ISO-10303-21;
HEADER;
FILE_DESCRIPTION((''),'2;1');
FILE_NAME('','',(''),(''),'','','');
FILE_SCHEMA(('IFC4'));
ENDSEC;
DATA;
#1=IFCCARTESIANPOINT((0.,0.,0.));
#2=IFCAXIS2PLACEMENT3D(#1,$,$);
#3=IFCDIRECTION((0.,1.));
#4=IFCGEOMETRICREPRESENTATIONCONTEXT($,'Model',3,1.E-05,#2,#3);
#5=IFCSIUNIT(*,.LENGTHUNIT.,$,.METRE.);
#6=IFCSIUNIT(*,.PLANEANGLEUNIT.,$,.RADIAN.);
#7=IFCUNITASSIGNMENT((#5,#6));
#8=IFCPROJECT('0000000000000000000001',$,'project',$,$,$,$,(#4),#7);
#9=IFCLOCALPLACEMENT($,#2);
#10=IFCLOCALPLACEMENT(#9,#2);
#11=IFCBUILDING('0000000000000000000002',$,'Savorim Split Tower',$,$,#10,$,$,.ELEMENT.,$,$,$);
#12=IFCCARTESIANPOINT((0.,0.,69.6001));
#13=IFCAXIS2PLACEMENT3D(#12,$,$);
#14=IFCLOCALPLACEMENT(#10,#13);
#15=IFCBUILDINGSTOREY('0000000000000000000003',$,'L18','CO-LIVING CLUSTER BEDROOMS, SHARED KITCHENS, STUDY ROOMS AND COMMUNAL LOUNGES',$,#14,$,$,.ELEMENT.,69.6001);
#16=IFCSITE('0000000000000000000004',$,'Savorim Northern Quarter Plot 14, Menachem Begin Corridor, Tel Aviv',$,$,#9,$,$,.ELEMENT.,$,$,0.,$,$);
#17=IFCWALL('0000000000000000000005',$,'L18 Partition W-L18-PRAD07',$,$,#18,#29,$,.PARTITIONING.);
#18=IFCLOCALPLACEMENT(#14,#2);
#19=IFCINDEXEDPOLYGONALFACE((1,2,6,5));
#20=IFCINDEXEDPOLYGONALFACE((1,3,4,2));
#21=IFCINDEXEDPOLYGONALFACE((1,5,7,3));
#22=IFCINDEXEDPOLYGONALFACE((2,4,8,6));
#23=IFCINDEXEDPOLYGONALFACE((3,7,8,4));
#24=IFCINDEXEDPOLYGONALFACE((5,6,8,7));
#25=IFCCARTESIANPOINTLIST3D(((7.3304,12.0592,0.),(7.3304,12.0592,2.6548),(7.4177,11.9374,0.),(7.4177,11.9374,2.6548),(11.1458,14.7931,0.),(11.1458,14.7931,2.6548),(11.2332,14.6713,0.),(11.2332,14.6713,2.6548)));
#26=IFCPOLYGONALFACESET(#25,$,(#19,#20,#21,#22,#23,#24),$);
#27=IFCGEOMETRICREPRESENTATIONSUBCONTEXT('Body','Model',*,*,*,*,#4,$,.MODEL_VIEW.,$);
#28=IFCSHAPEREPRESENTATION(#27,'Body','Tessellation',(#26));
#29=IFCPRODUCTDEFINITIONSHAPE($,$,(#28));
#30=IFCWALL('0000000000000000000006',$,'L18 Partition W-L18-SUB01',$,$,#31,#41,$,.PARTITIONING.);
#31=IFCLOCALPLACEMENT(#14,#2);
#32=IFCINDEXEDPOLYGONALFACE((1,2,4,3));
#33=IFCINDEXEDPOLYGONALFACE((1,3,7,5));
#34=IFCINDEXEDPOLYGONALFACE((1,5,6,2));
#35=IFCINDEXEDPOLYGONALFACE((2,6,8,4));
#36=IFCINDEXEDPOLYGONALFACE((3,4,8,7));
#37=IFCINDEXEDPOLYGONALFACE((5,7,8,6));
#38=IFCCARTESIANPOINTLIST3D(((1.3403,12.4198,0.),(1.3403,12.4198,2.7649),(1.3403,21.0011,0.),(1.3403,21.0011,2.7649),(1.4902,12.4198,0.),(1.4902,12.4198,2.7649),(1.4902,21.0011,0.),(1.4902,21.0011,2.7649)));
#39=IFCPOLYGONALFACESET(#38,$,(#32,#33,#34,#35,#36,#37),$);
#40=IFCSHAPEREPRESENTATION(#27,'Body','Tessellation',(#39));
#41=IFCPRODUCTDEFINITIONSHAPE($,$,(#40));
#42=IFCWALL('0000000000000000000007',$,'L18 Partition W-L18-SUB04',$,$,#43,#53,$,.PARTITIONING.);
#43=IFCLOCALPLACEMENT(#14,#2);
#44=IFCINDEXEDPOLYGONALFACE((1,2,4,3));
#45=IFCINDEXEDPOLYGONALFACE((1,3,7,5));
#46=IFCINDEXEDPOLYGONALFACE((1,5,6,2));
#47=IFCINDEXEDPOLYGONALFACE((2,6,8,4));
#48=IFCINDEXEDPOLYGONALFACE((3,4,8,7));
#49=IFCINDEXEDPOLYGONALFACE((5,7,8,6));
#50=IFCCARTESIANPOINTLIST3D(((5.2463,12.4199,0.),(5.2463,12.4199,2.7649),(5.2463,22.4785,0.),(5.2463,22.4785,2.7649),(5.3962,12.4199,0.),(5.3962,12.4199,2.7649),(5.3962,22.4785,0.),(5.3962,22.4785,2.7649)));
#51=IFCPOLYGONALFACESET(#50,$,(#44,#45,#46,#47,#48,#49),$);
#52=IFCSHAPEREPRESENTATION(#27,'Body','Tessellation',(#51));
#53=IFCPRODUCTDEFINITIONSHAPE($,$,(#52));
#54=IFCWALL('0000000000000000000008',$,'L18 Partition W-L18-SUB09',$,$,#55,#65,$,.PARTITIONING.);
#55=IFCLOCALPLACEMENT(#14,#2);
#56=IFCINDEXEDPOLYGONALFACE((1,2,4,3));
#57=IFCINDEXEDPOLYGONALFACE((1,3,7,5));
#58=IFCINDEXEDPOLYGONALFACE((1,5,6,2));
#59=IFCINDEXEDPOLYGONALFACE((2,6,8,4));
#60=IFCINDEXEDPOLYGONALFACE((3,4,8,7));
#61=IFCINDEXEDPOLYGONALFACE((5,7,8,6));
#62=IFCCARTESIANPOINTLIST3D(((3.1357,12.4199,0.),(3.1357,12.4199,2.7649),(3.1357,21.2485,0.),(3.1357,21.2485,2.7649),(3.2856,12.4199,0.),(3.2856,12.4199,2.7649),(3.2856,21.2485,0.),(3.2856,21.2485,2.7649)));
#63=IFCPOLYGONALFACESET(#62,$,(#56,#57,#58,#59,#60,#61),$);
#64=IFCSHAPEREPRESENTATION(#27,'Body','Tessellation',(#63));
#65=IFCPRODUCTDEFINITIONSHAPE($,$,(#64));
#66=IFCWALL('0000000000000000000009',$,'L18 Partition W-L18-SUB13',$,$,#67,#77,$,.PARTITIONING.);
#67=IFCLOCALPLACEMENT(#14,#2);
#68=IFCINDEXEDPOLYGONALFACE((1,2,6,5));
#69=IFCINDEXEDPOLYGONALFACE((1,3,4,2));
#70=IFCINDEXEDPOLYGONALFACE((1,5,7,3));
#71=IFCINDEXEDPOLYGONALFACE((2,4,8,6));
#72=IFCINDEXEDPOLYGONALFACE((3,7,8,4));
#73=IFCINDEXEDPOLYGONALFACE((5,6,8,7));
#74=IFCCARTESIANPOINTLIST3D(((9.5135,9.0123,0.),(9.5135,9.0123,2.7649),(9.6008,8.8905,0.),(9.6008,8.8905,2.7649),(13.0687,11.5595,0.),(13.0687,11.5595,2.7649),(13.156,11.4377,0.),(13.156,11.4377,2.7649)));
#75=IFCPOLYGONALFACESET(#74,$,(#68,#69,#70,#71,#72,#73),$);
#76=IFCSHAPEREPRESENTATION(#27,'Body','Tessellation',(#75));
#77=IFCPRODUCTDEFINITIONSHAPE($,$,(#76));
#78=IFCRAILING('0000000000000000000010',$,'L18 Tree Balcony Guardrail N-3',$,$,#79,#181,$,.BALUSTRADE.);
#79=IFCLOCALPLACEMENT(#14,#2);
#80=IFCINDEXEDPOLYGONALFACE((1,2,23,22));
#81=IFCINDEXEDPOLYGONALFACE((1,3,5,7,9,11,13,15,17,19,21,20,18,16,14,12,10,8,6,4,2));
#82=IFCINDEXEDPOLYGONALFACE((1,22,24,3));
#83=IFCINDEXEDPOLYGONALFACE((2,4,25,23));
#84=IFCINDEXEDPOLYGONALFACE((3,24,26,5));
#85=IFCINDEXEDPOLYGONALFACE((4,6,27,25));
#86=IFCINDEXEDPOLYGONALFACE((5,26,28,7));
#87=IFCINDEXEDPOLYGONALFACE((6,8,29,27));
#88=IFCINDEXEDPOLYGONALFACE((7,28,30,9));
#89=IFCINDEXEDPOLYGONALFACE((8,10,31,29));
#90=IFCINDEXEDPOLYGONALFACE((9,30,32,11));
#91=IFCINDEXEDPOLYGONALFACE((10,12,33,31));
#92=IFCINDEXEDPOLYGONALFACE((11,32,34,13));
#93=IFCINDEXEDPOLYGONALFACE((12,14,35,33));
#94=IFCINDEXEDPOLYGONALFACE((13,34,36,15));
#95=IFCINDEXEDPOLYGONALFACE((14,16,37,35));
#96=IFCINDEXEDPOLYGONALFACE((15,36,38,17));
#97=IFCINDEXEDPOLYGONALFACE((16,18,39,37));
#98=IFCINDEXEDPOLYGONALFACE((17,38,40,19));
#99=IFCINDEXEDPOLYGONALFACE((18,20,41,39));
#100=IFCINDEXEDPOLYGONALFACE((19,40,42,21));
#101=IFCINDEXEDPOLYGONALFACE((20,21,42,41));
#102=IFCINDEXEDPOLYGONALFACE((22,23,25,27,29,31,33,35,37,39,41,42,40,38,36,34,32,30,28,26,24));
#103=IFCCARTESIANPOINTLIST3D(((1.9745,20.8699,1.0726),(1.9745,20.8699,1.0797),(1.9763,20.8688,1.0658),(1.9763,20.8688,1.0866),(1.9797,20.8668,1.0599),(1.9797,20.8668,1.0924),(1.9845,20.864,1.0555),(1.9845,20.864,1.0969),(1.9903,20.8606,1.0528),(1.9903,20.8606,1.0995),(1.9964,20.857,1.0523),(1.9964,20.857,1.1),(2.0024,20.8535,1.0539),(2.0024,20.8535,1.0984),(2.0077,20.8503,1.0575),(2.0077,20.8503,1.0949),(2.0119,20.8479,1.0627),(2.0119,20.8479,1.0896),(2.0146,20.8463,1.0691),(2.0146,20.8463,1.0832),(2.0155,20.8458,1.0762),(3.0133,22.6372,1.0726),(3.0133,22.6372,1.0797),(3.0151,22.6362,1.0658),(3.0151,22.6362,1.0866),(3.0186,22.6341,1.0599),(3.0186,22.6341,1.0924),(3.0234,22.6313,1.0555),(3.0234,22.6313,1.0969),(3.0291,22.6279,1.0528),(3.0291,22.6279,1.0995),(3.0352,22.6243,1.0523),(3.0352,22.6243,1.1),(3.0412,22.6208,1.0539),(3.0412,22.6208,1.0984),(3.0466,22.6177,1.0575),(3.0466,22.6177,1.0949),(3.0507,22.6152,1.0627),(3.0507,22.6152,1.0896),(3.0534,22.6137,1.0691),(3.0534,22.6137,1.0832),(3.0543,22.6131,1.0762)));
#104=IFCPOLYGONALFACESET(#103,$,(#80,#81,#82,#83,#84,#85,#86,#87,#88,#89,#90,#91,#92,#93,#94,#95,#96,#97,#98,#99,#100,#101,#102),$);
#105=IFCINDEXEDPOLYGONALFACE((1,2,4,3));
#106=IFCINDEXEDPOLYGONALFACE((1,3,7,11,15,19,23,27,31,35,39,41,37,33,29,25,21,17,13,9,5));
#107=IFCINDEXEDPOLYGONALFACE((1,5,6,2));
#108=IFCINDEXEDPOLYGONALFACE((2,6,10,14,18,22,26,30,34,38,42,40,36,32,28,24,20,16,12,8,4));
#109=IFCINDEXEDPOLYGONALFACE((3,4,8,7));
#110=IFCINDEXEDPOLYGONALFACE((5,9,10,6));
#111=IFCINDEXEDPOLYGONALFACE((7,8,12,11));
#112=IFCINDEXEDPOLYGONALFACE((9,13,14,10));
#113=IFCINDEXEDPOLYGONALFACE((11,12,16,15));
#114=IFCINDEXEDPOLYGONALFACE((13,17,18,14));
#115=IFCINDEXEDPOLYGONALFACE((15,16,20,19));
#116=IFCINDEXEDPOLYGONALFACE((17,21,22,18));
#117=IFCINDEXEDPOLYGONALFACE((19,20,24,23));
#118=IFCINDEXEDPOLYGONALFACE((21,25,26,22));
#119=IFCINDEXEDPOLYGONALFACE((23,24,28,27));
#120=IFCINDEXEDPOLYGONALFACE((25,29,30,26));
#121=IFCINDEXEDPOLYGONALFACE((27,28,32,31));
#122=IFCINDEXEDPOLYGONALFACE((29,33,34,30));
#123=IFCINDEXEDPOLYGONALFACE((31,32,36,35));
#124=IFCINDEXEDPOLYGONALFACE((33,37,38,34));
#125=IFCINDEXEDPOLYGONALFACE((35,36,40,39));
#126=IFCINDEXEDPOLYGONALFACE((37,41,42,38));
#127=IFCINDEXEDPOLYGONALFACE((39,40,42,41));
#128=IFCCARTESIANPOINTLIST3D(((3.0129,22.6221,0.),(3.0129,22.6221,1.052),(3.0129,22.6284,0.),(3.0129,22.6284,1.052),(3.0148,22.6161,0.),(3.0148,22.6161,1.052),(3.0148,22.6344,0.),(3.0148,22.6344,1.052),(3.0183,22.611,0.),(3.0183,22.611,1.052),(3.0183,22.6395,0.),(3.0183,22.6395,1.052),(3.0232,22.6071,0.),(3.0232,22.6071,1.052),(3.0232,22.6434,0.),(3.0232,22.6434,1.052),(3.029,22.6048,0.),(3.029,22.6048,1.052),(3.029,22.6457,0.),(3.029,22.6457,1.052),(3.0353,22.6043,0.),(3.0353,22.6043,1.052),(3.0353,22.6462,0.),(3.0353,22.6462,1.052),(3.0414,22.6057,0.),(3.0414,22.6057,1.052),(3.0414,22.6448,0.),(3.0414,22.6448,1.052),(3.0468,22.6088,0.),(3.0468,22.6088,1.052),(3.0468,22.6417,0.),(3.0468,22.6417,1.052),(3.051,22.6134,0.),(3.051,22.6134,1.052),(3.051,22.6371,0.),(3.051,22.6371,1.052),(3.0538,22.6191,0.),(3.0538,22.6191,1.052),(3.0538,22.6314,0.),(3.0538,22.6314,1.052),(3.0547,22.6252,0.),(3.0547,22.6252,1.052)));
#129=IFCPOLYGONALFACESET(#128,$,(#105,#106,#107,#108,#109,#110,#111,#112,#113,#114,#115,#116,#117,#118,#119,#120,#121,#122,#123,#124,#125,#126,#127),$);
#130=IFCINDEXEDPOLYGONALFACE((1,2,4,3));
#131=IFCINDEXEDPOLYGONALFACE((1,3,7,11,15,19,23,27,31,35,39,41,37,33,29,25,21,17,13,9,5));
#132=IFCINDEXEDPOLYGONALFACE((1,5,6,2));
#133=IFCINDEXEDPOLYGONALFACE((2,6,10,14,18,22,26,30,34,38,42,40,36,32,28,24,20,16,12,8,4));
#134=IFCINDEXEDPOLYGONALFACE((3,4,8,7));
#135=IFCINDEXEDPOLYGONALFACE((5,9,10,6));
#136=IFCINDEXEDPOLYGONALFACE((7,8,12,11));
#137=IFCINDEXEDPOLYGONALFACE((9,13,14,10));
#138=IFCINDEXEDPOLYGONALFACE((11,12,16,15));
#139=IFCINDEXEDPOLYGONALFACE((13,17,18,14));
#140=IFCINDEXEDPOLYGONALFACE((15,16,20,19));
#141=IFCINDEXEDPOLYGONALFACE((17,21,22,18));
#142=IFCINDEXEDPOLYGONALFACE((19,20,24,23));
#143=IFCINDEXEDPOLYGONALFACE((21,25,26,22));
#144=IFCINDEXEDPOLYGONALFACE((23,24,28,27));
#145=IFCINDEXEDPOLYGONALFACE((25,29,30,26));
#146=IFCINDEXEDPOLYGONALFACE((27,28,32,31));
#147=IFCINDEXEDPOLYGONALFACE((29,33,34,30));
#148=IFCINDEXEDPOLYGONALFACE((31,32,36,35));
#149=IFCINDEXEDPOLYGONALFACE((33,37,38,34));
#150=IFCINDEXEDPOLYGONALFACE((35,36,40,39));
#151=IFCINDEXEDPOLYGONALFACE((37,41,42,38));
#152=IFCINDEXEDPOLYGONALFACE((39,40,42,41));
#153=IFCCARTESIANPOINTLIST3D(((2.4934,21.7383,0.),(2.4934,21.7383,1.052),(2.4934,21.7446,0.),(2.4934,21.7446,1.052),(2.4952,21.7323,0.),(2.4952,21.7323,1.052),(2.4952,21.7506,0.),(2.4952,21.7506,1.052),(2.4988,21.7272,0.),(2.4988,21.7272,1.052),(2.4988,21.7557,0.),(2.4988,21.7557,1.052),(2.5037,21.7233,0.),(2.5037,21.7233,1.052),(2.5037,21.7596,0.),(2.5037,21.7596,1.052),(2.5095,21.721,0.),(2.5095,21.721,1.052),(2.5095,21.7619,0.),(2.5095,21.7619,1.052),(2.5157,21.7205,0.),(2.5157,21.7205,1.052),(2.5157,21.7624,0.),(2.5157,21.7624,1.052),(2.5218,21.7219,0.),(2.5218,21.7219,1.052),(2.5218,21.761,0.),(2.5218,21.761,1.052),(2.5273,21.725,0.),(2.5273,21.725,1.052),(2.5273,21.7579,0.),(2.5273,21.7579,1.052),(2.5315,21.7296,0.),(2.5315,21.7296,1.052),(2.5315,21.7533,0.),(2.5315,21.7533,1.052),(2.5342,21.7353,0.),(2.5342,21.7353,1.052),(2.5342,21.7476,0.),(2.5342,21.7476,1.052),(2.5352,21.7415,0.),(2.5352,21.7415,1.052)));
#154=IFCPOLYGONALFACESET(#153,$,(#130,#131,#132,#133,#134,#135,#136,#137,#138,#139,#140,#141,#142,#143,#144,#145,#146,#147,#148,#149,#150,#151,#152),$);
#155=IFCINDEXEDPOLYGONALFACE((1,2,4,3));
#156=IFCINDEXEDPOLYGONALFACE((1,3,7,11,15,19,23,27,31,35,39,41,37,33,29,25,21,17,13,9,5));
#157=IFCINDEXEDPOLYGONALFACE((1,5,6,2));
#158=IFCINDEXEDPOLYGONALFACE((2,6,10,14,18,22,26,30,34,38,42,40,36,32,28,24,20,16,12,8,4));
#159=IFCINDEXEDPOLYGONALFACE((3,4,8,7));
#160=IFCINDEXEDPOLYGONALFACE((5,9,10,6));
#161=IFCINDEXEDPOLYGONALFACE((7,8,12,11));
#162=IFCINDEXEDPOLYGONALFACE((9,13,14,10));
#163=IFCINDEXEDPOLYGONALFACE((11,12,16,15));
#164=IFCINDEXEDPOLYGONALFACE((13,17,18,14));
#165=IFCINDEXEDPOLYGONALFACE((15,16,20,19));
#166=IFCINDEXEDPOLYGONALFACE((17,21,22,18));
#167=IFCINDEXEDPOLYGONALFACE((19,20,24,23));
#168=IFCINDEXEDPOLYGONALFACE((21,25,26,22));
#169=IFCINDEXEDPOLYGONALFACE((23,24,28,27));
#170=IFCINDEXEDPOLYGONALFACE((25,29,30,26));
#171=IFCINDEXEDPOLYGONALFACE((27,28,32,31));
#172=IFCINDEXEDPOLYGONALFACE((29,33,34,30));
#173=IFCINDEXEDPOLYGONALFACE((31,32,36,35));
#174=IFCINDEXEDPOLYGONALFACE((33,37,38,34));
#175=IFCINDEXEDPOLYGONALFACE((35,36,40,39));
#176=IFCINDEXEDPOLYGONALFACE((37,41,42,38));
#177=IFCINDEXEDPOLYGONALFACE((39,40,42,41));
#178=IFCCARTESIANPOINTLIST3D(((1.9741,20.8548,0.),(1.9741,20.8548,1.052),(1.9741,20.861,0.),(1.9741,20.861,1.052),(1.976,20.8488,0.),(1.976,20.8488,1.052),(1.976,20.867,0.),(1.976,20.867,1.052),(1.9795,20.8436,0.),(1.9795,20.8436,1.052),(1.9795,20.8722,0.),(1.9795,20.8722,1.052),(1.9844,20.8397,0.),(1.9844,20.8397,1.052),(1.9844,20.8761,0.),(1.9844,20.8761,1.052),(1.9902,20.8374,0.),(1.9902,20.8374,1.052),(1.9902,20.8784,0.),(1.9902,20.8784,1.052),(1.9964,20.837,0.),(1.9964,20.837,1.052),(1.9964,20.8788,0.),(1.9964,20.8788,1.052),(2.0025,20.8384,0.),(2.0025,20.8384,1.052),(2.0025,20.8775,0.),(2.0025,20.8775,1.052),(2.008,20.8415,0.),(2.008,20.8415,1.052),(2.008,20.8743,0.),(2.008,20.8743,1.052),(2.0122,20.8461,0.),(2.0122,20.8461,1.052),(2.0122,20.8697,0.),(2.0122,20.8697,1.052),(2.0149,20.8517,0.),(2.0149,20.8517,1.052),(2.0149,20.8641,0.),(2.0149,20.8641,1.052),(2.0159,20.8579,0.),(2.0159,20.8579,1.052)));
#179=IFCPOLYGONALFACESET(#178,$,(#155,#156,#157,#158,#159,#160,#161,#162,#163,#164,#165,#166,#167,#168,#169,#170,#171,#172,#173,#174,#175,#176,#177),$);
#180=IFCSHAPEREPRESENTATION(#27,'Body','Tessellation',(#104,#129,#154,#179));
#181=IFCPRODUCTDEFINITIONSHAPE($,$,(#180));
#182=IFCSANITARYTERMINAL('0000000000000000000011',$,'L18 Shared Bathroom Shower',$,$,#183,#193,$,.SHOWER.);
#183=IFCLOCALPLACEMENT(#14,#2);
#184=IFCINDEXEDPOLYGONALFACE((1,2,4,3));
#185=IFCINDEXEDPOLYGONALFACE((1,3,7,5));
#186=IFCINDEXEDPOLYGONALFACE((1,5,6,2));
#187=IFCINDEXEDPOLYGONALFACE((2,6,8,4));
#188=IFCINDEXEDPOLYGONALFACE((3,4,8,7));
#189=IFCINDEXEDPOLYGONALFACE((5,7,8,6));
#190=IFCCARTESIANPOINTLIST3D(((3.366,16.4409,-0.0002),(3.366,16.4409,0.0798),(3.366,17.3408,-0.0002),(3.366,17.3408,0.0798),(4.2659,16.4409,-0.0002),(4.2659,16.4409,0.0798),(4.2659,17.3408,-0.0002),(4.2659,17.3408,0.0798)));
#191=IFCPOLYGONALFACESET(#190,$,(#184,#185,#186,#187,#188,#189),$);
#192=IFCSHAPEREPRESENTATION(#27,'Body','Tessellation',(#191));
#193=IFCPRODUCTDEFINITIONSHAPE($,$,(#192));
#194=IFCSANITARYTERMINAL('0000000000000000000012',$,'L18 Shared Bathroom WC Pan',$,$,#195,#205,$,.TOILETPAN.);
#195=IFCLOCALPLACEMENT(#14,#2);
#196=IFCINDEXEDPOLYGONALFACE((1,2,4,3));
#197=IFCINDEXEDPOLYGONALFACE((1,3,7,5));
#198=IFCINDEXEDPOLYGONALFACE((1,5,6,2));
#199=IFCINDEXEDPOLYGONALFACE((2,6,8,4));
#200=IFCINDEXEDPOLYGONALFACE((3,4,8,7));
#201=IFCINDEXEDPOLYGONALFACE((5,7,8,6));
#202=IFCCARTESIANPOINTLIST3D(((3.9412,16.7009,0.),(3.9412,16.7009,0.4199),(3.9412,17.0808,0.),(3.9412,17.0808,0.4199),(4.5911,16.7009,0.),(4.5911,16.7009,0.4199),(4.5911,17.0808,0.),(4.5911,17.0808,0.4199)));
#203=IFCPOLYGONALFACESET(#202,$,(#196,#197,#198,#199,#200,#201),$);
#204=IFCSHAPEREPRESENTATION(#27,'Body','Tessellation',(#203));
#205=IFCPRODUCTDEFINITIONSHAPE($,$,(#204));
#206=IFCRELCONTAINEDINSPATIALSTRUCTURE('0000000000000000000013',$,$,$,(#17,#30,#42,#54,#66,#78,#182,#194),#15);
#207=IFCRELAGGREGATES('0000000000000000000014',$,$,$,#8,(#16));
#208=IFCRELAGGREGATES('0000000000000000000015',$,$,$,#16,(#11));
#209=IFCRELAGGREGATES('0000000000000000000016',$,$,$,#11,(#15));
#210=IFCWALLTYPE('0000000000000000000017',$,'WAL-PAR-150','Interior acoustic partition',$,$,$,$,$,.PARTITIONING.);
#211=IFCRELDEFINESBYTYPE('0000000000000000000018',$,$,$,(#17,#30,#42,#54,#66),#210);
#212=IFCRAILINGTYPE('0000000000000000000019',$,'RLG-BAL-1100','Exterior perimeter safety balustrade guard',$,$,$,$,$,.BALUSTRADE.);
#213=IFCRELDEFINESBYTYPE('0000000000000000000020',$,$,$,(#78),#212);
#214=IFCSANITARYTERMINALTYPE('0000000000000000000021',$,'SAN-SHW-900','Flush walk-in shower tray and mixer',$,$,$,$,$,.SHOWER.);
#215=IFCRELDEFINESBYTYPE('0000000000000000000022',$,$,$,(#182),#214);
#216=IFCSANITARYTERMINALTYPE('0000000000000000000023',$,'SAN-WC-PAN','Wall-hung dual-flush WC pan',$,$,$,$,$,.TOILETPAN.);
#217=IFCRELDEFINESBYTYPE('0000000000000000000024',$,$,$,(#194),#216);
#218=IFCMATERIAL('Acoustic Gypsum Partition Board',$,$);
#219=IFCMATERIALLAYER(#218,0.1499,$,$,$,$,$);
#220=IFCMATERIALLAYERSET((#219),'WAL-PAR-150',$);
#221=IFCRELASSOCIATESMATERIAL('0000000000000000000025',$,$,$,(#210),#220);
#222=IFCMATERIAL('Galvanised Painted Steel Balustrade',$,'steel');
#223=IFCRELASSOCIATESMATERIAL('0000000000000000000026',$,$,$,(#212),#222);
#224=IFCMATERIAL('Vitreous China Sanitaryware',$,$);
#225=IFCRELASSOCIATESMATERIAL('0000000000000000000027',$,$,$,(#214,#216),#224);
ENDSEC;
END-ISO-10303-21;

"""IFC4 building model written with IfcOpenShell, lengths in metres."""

from ifc_helpers import new_model, si_unit, direction, frame, frame_2d, origin, origin_2d, place, context, subcontext, project, spatial, rectangle, circle, extrude, material, layer, layer_set, type_object, element, save


model = new_model("IFC4")

# Units and contexts
model_context = context("Model", 3, precision=1e-05, world=origin(), true_north=direction((0.0, 1.0)))
body_context = subcontext(model_context, "Body", "Model", "MODEL_VIEW")
ifc_project = project(units=[si_unit("LENGTHUNIT", "METRE"), si_unit("PLANEANGLEUNIT", "RADIAN")], contexts=[model_context])

# Site, building, storey
site_placement = place(None, origin())
site = spatial("IfcSite", under=ifc_project, at=site_placement, Name="Savorim Northern Quarter Plot 14, Menachem Begin Corridor, Tel Aviv", CompositionType="ELEMENT", RefElevation=0.0)
building_placement = place(site_placement, origin())
building = spatial("IfcBuilding", under=site, at=building_placement, Name="Savorim Split Tower", CompositionType="ELEMENT")
storey_placement = place(building_placement, frame((0.0, 0.0, 69.6001)))
storey = spatial("IfcBuildingStorey", under=building, at=storey_placement, Name="L18", Description="CO-LIVING CLUSTER BEDROOMS, SHARED KITCHENS, STUDY ROOMS AND COMMUNAL LOUNGES", CompositionType="ELEMENT", Elevation=69.6001)

# Shared definitions
ifc_material_1 = material(Name="Acoustic Gypsum Partition Board")
ifc_layer_1 = layer(ifc_material_1, 0.1499)
ifc_layer_set_1 = layer_set([ifc_layer_1], Name="WAL-PAR-150")
wall_type_1 = type_object("IfcWallType", Name="WAL-PAR-150", Description="Interior acoustic partition", PredefinedType="PARTITIONING", material=ifc_layer_set_1)

# Walls
wall_1_placement = place(storey_placement, frame((7.374, 11.9983, 0.0), z_axis=(0.0, 0.0, 1.0), x_axis=(0.812868, 0.582448, 0.0)))
element("IfcWall", 1, at=wall_1_placement, inside=storey, type_object=wall_type_1, Name="L18 Partition W-L18-PRAD07", PredefinedType="PARTITIONING", context=body_context, shape_type="SweptSolid", body=[
    extrude(rectangle(XDim=4.6938, YDim=0.1499, at=frame_2d((2.3469, 0.0))), origin(), (0.0, 0.0, 1.0), 2.6548),
])
wall_2_placement = place(storey_placement, frame((1.4153, 12.4199, 0.0), z_axis=(0.0, 0.0, 1.0), x_axis=(0.0, 1.0, 0.0)))
element("IfcWall", 2, at=wall_2_placement, inside=storey, type_object=wall_type_1, Name="L18 Partition W-L18-SUB01", PredefinedType="PARTITIONING", context=body_context, shape_type="SweptSolid", body=[
    extrude(rectangle(XDim=8.5813, YDim=0.1499, at=frame_2d((4.2905, 0.0))), origin(), (0.0, 0.0, 1.0), 2.7649),
])
wall_3_placement = place(storey_placement, frame((5.3213, 12.4199, 0.0), z_axis=(0.0, 0.0, 1.0), x_axis=(0.0, 1.0, 0.0)))
element("IfcWall", 3, at=wall_3_placement, inside=storey, type_object=wall_type_1, Name="L18 Partition W-L18-SUB04", PredefinedType="PARTITIONING", context=body_context, shape_type="SweptSolid", body=[
    extrude(rectangle(XDim=10.0586, YDim=0.1499, at=frame_2d((5.0293, 0.0))), origin(), (0.0, 0.0, 1.0), 2.7649),
])
wall_4_placement = place(storey_placement, frame((3.2107, 12.4199, 0.0), z_axis=(0.0, 0.0, 1.0), x_axis=(0.0, 1.0, 0.0)))
element("IfcWall", 4, at=wall_4_placement, inside=storey, type_object=wall_type_1, Name="L18 Partition W-L18-SUB09", PredefinedType="PARTITIONING", context=body_context, shape_type="SweptSolid", body=[
    extrude(rectangle(XDim=8.8286, YDim=0.1499, at=frame_2d((4.4143, 0.0))), origin(), (0.0, 0.0, 1.0), 2.7649),
])
wall_5_placement = place(storey_placement, frame((9.5571, 8.9514, 0.0), z_axis=(0.0, 0.0, 1.0), x_axis=(0.812899, 0.582405, 0.0)))
element("IfcWall", 5, at=wall_5_placement, inside=storey, type_object=wall_type_1, Name="L18 Partition W-L18-SUB13", PredefinedType="PARTITIONING", context=body_context, shape_type="SweptSolid", body=[
    extrude(rectangle(XDim=4.3735, YDim=0.1499, at=frame_2d((2.1868, 0.0))), origin(), (0.0, 0.0, 1.0), 2.7649),
])

# Railing
ifc_material_2 = material(Name="Galvanised Painted Steel Balustrade", Category="steel")
railing_type = type_object("IfcRailingType", Name="RLG-BAL-1100", Description="Exterior perimeter safety balustrade guard", PredefinedType="BALUSTRADE", material=ifc_material_2)
railing_placement = place(storey_placement, frame((3.0337, 22.6252, 0.0)))
element("IfcRailing", 6, at=railing_placement, inside=storey, type_object=railing_type, Name="L18 Tree Balcony Guardrail N-3", PredefinedType="BALUSTRADE", context=body_context, shape_type="SweptSolid", body=[
    extrude(circle(Radius=0.0239, at=origin_2d()), frame((0.0, 0.0, 1.0762), z_axis=(-0.506734, -0.862103, 0.0), x_axis=(0.862103, -0.506734, 0.0)), (0.0, 0.0, 1.0), 2.05),
    extrude(circle(Radius=0.021, at=origin_2d()), origin(), (0.0, 0.0, 1.0), 1.052),
    extrude(circle(Radius=0.021, at=origin_2d()), frame((-0.5195, -0.8838, 0.0)), (0.0, 0.0, 1.0), 1.052),
    extrude(circle(Radius=0.021, at=origin_2d()), frame((-1.0388, -1.7673, 0.0)), (0.0, 0.0, 1.0), 1.052),
])

# Sanitary terminals
ifc_material_3 = material(Name="Vitreous China Sanitaryware")
sanitary_terminal_type_1 = type_object("IfcSanitaryTerminalType", Name="SAN-SHW-900", Description="Flush walk-in shower tray and mixer", PredefinedType="SHOWER", material=ifc_material_3)
sanitary_terminal_1_placement = place(storey_placement, frame((3.8159, 16.8909, -0.0002), z_axis=(0.0, 0.0, 1.0), x_axis=(1.0, 0.0, 0.0)))
element("IfcSanitaryTerminal", 7, at=sanitary_terminal_1_placement, inside=storey, type_object=sanitary_terminal_type_1, Name="L18 Shared Bathroom Shower", PredefinedType="SHOWER", context=body_context, shape_type="SweptSolid", body=[
    extrude(rectangle(XDim=0.8999, YDim=0.8999, at=origin_2d()), origin(), (0.0, 0.0, 1.0), 0.0801),
])
sanitary_terminal_type_2 = type_object("IfcSanitaryTerminalType", Name="SAN-WC-PAN", Description="Wall-hung dual-flush WC pan", PredefinedType="TOILETPAN", material=ifc_material_3)
sanitary_terminal_2_placement = place(storey_placement, frame((4.2661, 16.8909, 0.0), z_axis=(0.0, 0.0, 1.0), x_axis=(1.0, 0.0, 0.0)))
element("IfcSanitaryTerminal", 8, at=sanitary_terminal_2_placement, inside=storey, type_object=sanitary_terminal_type_2, Name="L18 Shared Bathroom WC Pan", PredefinedType="TOILETPAN", context=body_context, shape_type="SweptSolid", body=[
    extrude(rectangle(XDim=0.6499, YDim=0.3799, at=origin_2d()), origin(), (0.0, 0.0, 1.0), 0.4199),
])

save(model, "model.ifc")
